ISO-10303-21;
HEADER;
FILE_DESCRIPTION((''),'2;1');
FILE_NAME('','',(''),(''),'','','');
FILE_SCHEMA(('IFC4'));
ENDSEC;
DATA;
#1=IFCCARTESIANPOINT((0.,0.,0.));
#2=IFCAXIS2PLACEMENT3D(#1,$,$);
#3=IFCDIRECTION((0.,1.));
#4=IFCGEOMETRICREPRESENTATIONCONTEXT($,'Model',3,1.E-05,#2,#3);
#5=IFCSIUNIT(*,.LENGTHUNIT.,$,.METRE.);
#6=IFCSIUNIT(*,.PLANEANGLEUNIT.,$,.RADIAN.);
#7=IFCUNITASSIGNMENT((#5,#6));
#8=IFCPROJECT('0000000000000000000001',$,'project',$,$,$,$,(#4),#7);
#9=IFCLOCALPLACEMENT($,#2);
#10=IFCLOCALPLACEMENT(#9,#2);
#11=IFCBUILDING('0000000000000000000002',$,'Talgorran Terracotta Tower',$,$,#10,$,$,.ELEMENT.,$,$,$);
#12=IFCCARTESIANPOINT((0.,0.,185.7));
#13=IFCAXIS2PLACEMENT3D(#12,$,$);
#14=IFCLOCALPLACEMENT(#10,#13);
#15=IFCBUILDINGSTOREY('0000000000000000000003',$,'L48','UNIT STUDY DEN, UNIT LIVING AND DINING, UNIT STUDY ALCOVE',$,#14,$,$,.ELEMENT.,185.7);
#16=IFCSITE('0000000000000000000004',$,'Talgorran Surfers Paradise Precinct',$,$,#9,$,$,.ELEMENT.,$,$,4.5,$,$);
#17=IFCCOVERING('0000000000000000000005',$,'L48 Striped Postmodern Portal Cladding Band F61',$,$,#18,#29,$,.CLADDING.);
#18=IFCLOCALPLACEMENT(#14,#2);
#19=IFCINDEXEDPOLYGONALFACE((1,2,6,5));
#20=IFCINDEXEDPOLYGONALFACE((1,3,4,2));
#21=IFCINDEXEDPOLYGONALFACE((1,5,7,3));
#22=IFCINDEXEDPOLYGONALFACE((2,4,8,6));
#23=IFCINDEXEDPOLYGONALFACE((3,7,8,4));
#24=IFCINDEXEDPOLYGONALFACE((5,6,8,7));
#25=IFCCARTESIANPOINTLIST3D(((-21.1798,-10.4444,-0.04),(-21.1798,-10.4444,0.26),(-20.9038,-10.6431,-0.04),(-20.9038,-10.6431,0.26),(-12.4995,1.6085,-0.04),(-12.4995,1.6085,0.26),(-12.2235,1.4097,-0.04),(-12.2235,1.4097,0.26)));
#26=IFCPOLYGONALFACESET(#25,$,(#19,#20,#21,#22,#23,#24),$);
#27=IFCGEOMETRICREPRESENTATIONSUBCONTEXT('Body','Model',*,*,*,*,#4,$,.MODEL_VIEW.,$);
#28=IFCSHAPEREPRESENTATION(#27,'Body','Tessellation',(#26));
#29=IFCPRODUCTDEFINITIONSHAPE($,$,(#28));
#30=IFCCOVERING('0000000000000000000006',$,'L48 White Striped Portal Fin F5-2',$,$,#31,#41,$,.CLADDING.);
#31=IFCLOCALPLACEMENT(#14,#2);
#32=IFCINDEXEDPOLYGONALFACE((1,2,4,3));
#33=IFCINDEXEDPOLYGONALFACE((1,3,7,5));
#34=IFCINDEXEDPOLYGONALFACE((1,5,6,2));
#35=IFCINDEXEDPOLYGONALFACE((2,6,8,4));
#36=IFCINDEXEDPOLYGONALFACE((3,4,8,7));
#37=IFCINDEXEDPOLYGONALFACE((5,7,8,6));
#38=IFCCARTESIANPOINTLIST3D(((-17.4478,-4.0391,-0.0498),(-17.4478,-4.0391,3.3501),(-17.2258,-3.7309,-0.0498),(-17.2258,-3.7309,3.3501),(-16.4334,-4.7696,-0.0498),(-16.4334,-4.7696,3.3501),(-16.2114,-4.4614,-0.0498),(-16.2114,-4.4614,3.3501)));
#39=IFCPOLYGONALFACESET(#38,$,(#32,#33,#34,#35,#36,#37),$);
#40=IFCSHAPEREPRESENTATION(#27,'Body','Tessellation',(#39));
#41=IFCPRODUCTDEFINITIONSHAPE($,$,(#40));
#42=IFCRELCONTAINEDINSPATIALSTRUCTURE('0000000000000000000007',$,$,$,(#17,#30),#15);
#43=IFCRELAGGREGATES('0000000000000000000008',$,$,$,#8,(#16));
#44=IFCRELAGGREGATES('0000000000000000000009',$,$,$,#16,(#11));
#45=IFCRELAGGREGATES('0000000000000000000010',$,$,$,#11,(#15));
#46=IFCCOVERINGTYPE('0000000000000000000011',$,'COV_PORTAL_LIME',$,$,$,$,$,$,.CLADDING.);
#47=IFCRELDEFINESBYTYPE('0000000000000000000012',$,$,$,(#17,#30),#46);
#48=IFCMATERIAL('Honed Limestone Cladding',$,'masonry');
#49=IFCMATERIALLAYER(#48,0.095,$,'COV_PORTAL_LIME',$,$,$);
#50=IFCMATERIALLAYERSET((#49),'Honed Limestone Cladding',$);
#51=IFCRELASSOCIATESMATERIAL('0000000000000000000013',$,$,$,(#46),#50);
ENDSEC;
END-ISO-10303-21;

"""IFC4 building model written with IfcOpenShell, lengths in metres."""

from ifc_helpers import new_model, si_unit, direction, frame, origin, origin_2d, place, context, subcontext, project, spatial, rectangle, extrude, material, layer, layer_set, type_object, element, save


model = new_model("IFC4")

# Units and contexts
model_context = context("Model", 3, precision=1e-05, world=origin(), true_north=direction((0.0, 1.0)))
body_context = subcontext(model_context, "Body", "Model", "MODEL_VIEW")
ifc_project = project(units=[si_unit("LENGTHUNIT", "METRE"), si_unit("PLANEANGLEUNIT", "RADIAN")], contexts=[model_context])

# Site, building, storey
site_placement = place(None, origin())
site = spatial("IfcSite", under=ifc_project, at=site_placement, Name="Talgorran Surfers Paradise Precinct", CompositionType="ELEMENT", RefElevation=4.5)
building_placement = place(site_placement, origin())
building = spatial("IfcBuilding", under=site, at=building_placement, Name="Talgorran Terracotta Tower", CompositionType="ELEMENT")
storey_placement = place(building_placement, frame((0.0, 0.0, 185.7)))
storey = spatial("IfcBuildingStorey", under=building, at=storey_placement, Name="L48", Description="UNIT STUDY DEN, UNIT LIVING AND DINING, UNIT STUDY ALCOVE", CompositionType="ELEMENT", Elevation=185.7)

# Coverings
ifc_material_1 = material(Name="Honed Limestone Cladding", Category="masonry")
ifc_layer_1 = layer(ifc_material_1, 0.095, Name="COV_PORTAL_LIME")
ifc_layer_set_1 = layer_set([ifc_layer_1], Name="Honed Limestone Cladding")
covering_type_1 = type_object("IfcCoveringType", Name="COV_PORTAL_LIME", PredefinedType="CLADDING", material=ifc_layer_set_1)
covering_1_placement = place(storey_placement, frame((-16.7017, -4.5173, -0.04), z_axis=(0.0, 0.0, 1.0), x_axis=(-0.584405, -0.811462, 0.0)))
element("IfcCovering", 1, at=covering_1_placement, inside=storey, type_object=covering_type_1, Name="L48 Striped Postmodern Portal Cladding Band F61", PredefinedType="CLADDING", context=body_context, shape_type="SweptSolid", body=[
    extrude(rectangle(XDim=14.8533, YDim=0.3401, at=origin_2d()), origin(), (0.0, 0.0, 1.0), 0.3),
])
covering_2_placement = place(storey_placement, frame((-16.8296, -4.2502, -0.0498), z_axis=(0.0, 0.0, 1.0), x_axis=(-0.584405, -0.811462, 0.0)))
element("IfcCovering", 2, at=covering_2_placement, inside=storey, type_object=covering_type_1, Name="L48 White Striped Portal Fin F5-2", PredefinedType="CLADDING", context=body_context, shape_type="SweptSolid", body=[
    extrude(rectangle(XDim=0.3799, YDim=1.25, at=origin_2d()), origin(), (0.0, 0.0, 1.0), 3.3999),
])

save(model, "model.ifc")
